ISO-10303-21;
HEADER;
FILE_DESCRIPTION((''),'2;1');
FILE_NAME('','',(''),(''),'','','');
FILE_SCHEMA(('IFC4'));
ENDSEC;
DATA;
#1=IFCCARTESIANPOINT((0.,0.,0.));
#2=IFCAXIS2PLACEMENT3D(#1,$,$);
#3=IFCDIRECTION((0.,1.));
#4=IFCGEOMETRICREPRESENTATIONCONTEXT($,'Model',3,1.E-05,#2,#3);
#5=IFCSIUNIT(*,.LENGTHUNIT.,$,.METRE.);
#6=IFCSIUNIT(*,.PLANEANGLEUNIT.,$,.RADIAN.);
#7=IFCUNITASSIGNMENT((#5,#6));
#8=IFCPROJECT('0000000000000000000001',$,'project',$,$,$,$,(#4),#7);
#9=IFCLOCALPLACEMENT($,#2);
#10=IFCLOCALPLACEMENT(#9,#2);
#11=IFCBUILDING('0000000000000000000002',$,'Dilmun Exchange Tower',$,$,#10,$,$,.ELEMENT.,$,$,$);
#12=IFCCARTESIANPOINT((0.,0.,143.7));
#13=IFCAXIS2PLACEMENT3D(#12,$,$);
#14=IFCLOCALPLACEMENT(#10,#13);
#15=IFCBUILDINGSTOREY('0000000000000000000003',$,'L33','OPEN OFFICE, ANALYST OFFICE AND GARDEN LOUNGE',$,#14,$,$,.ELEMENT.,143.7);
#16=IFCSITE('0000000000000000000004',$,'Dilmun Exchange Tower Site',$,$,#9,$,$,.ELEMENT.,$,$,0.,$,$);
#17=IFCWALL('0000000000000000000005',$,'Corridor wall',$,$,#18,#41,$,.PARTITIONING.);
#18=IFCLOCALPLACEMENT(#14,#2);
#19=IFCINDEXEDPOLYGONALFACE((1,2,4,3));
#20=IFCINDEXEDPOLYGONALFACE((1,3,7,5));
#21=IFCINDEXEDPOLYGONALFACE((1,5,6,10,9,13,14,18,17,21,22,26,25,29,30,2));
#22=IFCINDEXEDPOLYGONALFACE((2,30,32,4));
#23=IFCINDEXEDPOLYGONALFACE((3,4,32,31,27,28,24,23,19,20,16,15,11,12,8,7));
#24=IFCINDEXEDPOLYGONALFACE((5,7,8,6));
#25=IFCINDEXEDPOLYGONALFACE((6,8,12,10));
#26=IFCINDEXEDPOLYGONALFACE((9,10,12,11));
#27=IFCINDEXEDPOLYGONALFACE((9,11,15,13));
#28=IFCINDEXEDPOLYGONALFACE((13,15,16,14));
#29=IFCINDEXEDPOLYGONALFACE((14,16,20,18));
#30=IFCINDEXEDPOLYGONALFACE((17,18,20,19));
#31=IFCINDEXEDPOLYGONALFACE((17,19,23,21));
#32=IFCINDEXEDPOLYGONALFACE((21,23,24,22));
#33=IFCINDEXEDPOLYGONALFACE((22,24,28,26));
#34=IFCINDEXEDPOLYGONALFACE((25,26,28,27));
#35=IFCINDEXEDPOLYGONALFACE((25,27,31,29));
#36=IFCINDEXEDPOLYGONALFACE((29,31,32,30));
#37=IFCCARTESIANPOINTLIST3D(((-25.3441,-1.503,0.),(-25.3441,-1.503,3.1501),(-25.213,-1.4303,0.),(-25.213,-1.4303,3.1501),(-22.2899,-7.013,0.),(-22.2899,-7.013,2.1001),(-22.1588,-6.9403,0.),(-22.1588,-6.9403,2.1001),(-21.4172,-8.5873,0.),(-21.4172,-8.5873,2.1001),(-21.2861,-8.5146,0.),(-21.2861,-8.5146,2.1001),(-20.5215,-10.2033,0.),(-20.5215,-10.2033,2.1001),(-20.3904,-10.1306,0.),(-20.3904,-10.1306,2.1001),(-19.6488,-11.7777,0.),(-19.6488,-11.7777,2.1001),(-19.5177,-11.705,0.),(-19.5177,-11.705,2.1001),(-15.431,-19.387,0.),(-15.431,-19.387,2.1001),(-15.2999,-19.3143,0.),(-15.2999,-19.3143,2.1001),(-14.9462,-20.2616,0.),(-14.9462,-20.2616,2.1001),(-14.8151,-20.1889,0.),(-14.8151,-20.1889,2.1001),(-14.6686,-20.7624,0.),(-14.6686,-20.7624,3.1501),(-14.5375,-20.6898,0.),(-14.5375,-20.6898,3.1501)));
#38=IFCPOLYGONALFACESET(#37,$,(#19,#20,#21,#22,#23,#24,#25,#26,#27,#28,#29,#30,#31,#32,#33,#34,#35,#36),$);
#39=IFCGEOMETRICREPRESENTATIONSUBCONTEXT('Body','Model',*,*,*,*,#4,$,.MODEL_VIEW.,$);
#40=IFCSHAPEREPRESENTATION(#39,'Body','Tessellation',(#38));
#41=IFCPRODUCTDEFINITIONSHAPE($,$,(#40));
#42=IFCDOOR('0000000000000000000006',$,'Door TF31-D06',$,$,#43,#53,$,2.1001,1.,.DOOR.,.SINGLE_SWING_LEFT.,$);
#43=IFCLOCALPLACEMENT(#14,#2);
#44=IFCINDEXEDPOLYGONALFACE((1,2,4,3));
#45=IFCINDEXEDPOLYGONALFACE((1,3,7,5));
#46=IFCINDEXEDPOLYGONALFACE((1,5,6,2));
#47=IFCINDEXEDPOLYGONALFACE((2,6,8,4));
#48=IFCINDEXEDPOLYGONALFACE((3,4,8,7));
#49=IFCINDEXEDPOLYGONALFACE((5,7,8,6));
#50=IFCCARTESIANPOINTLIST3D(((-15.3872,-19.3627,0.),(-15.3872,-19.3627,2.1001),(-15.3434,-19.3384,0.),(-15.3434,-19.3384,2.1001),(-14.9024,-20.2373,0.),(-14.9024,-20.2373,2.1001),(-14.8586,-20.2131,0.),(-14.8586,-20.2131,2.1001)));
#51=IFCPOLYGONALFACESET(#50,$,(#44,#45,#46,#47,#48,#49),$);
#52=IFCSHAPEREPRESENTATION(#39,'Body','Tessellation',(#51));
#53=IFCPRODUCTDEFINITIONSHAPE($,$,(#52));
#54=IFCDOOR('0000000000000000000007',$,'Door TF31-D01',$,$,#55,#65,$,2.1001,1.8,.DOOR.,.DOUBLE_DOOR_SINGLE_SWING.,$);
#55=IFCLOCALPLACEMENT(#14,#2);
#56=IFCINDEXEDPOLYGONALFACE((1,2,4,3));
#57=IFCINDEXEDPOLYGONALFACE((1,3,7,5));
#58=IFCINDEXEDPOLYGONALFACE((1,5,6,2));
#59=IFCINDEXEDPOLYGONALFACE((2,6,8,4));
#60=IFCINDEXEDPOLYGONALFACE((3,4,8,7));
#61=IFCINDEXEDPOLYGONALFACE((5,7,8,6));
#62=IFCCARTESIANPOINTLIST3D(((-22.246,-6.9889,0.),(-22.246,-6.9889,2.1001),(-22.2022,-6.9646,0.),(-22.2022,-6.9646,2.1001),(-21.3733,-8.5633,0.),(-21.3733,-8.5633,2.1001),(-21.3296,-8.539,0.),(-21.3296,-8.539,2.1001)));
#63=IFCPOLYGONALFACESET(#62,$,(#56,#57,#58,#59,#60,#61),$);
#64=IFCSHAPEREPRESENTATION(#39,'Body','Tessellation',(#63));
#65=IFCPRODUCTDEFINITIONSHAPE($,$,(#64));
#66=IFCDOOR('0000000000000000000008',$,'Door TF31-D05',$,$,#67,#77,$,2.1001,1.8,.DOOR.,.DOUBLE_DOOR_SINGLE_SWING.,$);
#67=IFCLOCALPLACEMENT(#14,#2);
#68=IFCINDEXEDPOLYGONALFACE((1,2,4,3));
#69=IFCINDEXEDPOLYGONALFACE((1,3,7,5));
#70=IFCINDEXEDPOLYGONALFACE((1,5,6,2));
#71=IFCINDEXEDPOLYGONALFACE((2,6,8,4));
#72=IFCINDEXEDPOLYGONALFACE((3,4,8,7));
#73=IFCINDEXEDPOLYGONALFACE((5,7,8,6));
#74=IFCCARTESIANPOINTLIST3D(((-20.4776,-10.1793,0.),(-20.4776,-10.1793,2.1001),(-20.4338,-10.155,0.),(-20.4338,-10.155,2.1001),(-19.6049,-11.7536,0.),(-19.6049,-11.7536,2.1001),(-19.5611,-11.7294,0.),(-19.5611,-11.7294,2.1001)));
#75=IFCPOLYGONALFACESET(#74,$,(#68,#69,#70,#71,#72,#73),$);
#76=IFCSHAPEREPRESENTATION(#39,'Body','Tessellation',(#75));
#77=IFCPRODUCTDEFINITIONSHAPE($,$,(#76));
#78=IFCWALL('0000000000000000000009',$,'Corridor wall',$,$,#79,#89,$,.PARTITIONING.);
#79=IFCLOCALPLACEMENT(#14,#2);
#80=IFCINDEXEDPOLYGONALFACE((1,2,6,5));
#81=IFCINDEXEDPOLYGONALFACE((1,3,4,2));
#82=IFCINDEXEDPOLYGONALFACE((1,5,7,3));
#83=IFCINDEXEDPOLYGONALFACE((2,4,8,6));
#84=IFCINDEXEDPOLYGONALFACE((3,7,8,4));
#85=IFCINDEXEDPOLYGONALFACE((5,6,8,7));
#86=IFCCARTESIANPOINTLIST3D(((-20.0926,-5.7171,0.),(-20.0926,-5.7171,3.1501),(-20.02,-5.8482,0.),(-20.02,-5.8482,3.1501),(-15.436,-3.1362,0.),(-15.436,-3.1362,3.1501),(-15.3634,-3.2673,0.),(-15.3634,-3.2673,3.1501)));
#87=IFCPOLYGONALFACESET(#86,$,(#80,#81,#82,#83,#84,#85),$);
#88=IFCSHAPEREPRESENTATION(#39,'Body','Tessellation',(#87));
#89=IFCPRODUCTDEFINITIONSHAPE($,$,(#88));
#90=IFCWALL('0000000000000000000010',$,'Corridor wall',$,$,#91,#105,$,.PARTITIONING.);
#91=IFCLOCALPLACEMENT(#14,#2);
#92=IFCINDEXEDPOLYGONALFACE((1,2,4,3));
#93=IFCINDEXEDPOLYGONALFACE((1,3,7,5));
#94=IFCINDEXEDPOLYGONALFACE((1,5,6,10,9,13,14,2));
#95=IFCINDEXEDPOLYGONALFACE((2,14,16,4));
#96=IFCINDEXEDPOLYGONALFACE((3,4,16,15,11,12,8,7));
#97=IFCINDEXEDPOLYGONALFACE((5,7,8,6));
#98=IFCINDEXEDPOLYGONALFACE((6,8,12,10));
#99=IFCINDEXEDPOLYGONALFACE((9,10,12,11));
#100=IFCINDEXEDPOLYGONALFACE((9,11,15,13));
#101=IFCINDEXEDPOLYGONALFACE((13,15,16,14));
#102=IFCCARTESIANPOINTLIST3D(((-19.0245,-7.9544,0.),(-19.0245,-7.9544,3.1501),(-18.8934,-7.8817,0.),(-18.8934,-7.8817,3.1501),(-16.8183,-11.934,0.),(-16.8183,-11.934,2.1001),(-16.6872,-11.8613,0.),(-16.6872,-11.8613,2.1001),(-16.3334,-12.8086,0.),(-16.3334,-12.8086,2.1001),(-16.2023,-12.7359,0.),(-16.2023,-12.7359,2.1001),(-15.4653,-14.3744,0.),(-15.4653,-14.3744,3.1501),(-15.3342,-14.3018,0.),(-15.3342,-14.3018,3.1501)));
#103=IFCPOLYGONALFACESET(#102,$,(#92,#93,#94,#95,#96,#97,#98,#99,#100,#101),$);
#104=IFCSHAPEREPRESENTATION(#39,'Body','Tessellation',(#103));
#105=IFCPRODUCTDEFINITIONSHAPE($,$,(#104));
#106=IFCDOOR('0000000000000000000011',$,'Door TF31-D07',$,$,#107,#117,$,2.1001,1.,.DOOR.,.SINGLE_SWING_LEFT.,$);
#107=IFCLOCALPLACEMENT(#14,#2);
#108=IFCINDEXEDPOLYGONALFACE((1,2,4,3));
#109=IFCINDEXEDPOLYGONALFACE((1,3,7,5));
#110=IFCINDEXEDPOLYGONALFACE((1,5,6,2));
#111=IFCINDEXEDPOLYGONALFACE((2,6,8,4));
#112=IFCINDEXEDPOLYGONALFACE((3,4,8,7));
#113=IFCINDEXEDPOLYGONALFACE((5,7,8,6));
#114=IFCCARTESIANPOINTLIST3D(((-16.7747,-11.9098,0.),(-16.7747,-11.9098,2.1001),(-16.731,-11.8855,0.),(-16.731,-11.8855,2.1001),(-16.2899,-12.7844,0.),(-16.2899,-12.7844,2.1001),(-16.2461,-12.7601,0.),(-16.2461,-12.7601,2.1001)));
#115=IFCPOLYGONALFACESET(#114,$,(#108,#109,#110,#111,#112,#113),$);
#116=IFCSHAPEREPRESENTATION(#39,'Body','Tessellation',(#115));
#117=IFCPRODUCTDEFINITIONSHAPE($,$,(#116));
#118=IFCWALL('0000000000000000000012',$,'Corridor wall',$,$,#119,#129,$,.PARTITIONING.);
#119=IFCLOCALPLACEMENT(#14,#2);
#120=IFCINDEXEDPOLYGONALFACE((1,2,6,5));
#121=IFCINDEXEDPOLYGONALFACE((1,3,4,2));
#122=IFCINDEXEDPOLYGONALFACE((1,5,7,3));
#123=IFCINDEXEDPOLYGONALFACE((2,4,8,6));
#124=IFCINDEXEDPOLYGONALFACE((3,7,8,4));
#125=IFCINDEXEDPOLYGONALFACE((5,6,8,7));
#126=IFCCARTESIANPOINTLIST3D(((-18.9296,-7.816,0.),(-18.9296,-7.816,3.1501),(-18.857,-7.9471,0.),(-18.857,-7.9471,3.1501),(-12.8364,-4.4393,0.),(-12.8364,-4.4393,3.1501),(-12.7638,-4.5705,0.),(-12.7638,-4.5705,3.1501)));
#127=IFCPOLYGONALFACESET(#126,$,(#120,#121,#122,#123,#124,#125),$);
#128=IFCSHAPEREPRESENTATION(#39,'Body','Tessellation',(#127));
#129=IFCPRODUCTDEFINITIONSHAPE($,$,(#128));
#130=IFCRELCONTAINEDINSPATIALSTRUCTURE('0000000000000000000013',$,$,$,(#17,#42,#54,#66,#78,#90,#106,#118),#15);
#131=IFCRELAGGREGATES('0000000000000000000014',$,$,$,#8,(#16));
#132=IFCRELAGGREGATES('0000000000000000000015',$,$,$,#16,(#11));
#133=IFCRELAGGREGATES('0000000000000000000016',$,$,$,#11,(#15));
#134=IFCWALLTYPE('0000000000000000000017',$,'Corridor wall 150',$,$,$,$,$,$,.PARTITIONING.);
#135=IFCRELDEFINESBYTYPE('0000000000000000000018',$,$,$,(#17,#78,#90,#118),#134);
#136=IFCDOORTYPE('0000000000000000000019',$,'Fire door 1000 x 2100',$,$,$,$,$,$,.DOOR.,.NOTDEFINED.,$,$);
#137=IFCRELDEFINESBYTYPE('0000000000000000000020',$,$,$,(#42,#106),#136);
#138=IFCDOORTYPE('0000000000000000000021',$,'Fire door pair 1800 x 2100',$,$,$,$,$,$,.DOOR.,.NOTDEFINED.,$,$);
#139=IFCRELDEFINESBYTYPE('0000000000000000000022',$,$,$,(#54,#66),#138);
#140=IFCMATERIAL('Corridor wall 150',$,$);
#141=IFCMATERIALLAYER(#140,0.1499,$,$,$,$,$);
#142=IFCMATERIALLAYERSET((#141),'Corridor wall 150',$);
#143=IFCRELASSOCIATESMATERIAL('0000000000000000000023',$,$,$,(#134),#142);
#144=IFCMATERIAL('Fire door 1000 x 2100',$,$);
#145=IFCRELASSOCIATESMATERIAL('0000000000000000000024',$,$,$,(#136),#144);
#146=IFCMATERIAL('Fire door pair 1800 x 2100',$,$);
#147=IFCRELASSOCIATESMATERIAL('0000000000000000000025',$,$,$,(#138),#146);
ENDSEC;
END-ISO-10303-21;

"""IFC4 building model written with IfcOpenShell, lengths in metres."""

from ifc_helpers import new_model, si_unit, direction, frame, frame_2d, origin, place, context, subcontext, project, spatial, rectangle, extrude, material, layer, layer_set, type_object, element, fill, save


model = new_model("IFC4")

# Units and contexts
model_context = context("Model", 3, precision=1e-05, world=origin(), true_north=direction((0.0, 1.0)))
body_context = subcontext(model_context, "Body", "Model", "MODEL_VIEW")
ifc_project = project(units=[si_unit("LENGTHUNIT", "METRE"), si_unit("PLANEANGLEUNIT", "RADIAN")], contexts=[model_context])

# Site, building, storey
site_placement = place(None, origin())
site = spatial("IfcSite", under=ifc_project, at=site_placement, Name="Dilmun Exchange Tower Site", CompositionType="ELEMENT", RefElevation=0.0)
building_placement = place(site_placement, origin())
building = spatial("IfcBuilding", under=site, at=building_placement, Name="Dilmun Exchange Tower", CompositionType="ELEMENT")
storey_placement = place(building_placement, frame((0.0, 0.0, 143.7)))
storey = spatial("IfcBuildingStorey", under=building, at=storey_placement, Name="L33", Description="OPEN OFFICE, ANALYST OFFICE AND GARDEN LOUNGE", CompositionType="ELEMENT", Elevation=143.7)

# Shared definitions
ifc_material_1 = material(Name="Corridor wall 150")
ifc_layer_1 = layer(ifc_material_1, 0.1499)
ifc_layer_set_1 = layer_set([ifc_layer_1], Name="Corridor wall 150")
wall_type_1 = type_object("IfcWallType", Name="Corridor wall 150", PredefinedType="PARTITIONING", material=ifc_layer_set_1)

# Wall, openings, doors
wall_1_placement = place(storey_placement, frame((-25.2786, -1.4666, 0.0), z_axis=(0.0, 0.0, 1.0), x_axis=(0.484803, -0.874623, 0.0)))
wall_1 = element("IfcWall", 1, at=wall_1_placement, inside=storey, type_object=wall_type_1, Name="Corridor wall", PredefinedType="PARTITIONING", context=body_context, shape_type="SweptSolid", body=[
    extrude(rectangle(XDim=22.0203, YDim=0.1499, at=frame_2d((11.0103, 0.0))), origin(), (0.0, 0.0, 1.0), 3.1501),
])
opening_1_placement = place(wall_1_placement, frame((6.3, 0.0, 0.0)))
opening_1 = element("IfcOpeningElement", 2, at=opening_1_placement, cuts=wall_1, PredefinedType="OPENING", context=body_context, shape_type="SweptSolid", body=[
    extrude(rectangle(XDim=1.8, YDim=2.1001, at=frame_2d((0.8999, 1.05))), frame((0.0, 0.085, 0.0), z_axis=(0.0, -1.0, 0.0), x_axis=(1.0, 0.0, 0.0)), (0.0, 0.0, 1.0), 0.1699),
])
opening_2_placement = place(wall_1_placement, frame((9.9478, 0.0, 0.0)))
opening_2 = element("IfcOpeningElement", 3, at=opening_2_placement, cuts=wall_1, PredefinedType="OPENING", context=body_context, shape_type="SweptSolid", body=[
    extrude(rectangle(XDim=1.8, YDim=2.1001, at=frame_2d((0.8999, 1.05))), frame((0.0, 0.085, 0.0), z_axis=(0.0, -1.0, 0.0), x_axis=(1.0, 0.0, 0.0)), (0.0, 0.0, 1.0), 0.1699),
])
opening_3_placement = place(wall_1_placement, frame((20.4478, 0.0, 0.0)))
opening_3 = element("IfcOpeningElement", 4, at=opening_3_placement, cuts=wall_1, PredefinedType="OPENING", context=body_context, shape_type="SweptSolid", body=[
    extrude(rectangle(XDim=1.0, YDim=2.1001, at=frame_2d((0.5, 1.05))), frame((0.0, 0.085, 0.0), z_axis=(0.0, -1.0, 0.0), x_axis=(1.0, 0.0, 0.0)), (0.0, 0.0, 1.0), 0.1699),
])
ifc_material_2 = material(Name="Fire door 1000 x 2100")
door_type_1 = type_object("IfcDoorType", Name="Fire door 1000 x 2100", OperationType="NOTDEFINED", PredefinedType="DOOR", material=ifc_material_2)
door_1_placement = place(opening_3_placement, frame((1.0, 0.0, 0.0), z_axis=(0.0, 0.0, 1.0), x_axis=(-1.0, 0.0, 0.0)))
door_1 = element("IfcDoor", 5, at=door_1_placement, inside=storey, type_object=door_type_1, Name="Door TF31-D06", OperationType="SINGLE_SWING_LEFT", OverallHeight=2.1001, OverallWidth=1.0, PredefinedType="DOOR", context=body_context, shape_type="SweptSolid", body=[
    extrude(rectangle(XDim=1.0, YDim=2.1001, at=frame_2d((0.5, 1.05))), frame((0.0, 0.0249, 0.0), z_axis=(0.0, -1.0, 0.0), x_axis=(1.0, 0.0, 0.0)), (0.0, 0.0, 1.0), 0.05),
])
fill(opening_3, door_1)
ifc_material_3 = material(Name="Fire door pair 1800 x 2100")
door_type_2 = type_object("IfcDoorType", Name="Fire door pair 1800 x 2100", OperationType="NOTDEFINED", PredefinedType="DOOR", material=ifc_material_3)
door_2_placement = place(opening_1_placement, frame((1.8, 0.0, 0.0), z_axis=(0.0, 0.0, 1.0), x_axis=(-1.0, 0.0, 0.0)))
door_2 = element("IfcDoor", 6, at=door_2_placement, inside=storey, type_object=door_type_2, Name="Door TF31-D01", OperationType="DOUBLE_DOOR_SINGLE_SWING", OverallHeight=2.1001, OverallWidth=1.8, PredefinedType="DOOR", context=body_context, shape_type="SweptSolid", body=[
    extrude(rectangle(XDim=1.8, YDim=2.1001, at=frame_2d((0.8999, 1.05))), frame((0.0, 0.0249, 0.0), z_axis=(0.0, -1.0, 0.0), x_axis=(1.0, 0.0, 0.0)), (0.0, 0.0, 1.0), 0.05),
])
fill(opening_1, door_2)
door_3_placement = place(opening_2_placement, frame((1.8, 0.0, 0.0), z_axis=(0.0, 0.0, 1.0), x_axis=(-1.0, 0.0, 0.0)))
door_3 = element("IfcDoor", 7, at=door_3_placement, inside=storey, type_object=door_type_2, Name="Door TF31-D05", OperationType="DOUBLE_DOOR_SINGLE_SWING", OverallHeight=2.1001, OverallWidth=1.8, PredefinedType="DOOR", context=body_context, shape_type="SweptSolid", body=[
    extrude(rectangle(XDim=1.8, YDim=2.1001, at=frame_2d((0.8999, 1.05))), frame((0.0, 0.0249, 0.0), z_axis=(0.0, -1.0, 0.0), x_axis=(1.0, 0.0, 0.0)), (0.0, 0.0, 1.0), 0.05),
])
fill(opening_2, door_3)

# Wall
wall_2_placement = place(storey_placement, frame((-20.0564, -5.7827, 0.0), z_axis=(0.0, 0.0, 1.0), x_axis=(0.874646, 0.484763, 0.0)))
element("IfcWall", 8, at=wall_2_placement, inside=storey, type_object=wall_type_1, Name="Corridor wall", PredefinedType="PARTITIONING", context=body_context, shape_type="SweptSolid", body=[
    extrude(rectangle(XDim=5.324, YDim=0.1499, at=frame_2d((2.6621, 0.0))), origin(), (0.0, 0.0, 1.0), 3.1501),
])

# Wall, opening, door
wall_3_placement = place(storey_placement, frame((-18.959, -7.918, 0.0), z_axis=(0.0, 0.0, 1.0), x_axis=(0.484858, -0.874593, 0.0)))
wall_3 = element("IfcWall", 9, at=wall_3_placement, inside=storey, type_object=wall_type_1, Name="Corridor wall", PredefinedType="PARTITIONING", context=body_context, shape_type="SweptSolid", body=[
    extrude(rectangle(XDim=7.3406, YDim=0.1499, at=frame_2d((3.6704, 0.0))), origin(), (0.0, 0.0, 1.0), 3.1501),
])
opening_4_placement = place(wall_3_placement, frame((4.5503, 0.0, 0.0)))
opening_4 = element("IfcOpeningElement", 10, at=opening_4_placement, cuts=wall_3, PredefinedType="OPENING", context=body_context, shape_type="SweptSolid", body=[
    extrude(rectangle(XDim=1.0, YDim=2.1001, at=frame_2d((0.5, 1.05))), frame((0.0, 0.085, 0.0), z_axis=(0.0, -1.0, 0.0), x_axis=(1.0, 0.0, 0.0)), (0.0, 0.0, 1.0), 0.1699),
])
door_4_placement = place(opening_4_placement, origin())
door_4 = element("IfcDoor", 11, at=door_4_placement, inside=storey, type_object=door_type_1, Name="Door TF31-D07", OperationType="SINGLE_SWING_LEFT", OverallHeight=2.1001, OverallWidth=1.0, PredefinedType="DOOR", context=body_context, shape_type="SweptSolid", body=[
    extrude(rectangle(XDim=1.0, YDim=2.1001, at=frame_2d((0.5, 1.05))), frame((0.0, 0.0249, 0.0), z_axis=(0.0, -1.0, 0.0), x_axis=(1.0, 0.0, 0.0)), (0.0, 0.0, 1.0), 0.05),
])
fill(opening_4, door_4)

# Wall
wall_4_placement = place(storey_placement, frame((-18.8933, -7.8816, 0.0), z_axis=(0.0, 0.0, 1.0), x_axis=(0.874671, 0.484717, 0.0)))
element("IfcWall", 12, at=wall_4_placement, inside=storey, type_object=wall_type_1, Name="Corridor wall", PredefinedType="PARTITIONING", context=body_context, shape_type="SweptSolid", body=[
    extrude(rectangle(XDim=6.9663, YDim=0.1499, at=frame_2d((3.4832, 0.0))), origin(), (0.0, 0.0, 1.0), 3.1501),
])

save(model, "model.ifc")
